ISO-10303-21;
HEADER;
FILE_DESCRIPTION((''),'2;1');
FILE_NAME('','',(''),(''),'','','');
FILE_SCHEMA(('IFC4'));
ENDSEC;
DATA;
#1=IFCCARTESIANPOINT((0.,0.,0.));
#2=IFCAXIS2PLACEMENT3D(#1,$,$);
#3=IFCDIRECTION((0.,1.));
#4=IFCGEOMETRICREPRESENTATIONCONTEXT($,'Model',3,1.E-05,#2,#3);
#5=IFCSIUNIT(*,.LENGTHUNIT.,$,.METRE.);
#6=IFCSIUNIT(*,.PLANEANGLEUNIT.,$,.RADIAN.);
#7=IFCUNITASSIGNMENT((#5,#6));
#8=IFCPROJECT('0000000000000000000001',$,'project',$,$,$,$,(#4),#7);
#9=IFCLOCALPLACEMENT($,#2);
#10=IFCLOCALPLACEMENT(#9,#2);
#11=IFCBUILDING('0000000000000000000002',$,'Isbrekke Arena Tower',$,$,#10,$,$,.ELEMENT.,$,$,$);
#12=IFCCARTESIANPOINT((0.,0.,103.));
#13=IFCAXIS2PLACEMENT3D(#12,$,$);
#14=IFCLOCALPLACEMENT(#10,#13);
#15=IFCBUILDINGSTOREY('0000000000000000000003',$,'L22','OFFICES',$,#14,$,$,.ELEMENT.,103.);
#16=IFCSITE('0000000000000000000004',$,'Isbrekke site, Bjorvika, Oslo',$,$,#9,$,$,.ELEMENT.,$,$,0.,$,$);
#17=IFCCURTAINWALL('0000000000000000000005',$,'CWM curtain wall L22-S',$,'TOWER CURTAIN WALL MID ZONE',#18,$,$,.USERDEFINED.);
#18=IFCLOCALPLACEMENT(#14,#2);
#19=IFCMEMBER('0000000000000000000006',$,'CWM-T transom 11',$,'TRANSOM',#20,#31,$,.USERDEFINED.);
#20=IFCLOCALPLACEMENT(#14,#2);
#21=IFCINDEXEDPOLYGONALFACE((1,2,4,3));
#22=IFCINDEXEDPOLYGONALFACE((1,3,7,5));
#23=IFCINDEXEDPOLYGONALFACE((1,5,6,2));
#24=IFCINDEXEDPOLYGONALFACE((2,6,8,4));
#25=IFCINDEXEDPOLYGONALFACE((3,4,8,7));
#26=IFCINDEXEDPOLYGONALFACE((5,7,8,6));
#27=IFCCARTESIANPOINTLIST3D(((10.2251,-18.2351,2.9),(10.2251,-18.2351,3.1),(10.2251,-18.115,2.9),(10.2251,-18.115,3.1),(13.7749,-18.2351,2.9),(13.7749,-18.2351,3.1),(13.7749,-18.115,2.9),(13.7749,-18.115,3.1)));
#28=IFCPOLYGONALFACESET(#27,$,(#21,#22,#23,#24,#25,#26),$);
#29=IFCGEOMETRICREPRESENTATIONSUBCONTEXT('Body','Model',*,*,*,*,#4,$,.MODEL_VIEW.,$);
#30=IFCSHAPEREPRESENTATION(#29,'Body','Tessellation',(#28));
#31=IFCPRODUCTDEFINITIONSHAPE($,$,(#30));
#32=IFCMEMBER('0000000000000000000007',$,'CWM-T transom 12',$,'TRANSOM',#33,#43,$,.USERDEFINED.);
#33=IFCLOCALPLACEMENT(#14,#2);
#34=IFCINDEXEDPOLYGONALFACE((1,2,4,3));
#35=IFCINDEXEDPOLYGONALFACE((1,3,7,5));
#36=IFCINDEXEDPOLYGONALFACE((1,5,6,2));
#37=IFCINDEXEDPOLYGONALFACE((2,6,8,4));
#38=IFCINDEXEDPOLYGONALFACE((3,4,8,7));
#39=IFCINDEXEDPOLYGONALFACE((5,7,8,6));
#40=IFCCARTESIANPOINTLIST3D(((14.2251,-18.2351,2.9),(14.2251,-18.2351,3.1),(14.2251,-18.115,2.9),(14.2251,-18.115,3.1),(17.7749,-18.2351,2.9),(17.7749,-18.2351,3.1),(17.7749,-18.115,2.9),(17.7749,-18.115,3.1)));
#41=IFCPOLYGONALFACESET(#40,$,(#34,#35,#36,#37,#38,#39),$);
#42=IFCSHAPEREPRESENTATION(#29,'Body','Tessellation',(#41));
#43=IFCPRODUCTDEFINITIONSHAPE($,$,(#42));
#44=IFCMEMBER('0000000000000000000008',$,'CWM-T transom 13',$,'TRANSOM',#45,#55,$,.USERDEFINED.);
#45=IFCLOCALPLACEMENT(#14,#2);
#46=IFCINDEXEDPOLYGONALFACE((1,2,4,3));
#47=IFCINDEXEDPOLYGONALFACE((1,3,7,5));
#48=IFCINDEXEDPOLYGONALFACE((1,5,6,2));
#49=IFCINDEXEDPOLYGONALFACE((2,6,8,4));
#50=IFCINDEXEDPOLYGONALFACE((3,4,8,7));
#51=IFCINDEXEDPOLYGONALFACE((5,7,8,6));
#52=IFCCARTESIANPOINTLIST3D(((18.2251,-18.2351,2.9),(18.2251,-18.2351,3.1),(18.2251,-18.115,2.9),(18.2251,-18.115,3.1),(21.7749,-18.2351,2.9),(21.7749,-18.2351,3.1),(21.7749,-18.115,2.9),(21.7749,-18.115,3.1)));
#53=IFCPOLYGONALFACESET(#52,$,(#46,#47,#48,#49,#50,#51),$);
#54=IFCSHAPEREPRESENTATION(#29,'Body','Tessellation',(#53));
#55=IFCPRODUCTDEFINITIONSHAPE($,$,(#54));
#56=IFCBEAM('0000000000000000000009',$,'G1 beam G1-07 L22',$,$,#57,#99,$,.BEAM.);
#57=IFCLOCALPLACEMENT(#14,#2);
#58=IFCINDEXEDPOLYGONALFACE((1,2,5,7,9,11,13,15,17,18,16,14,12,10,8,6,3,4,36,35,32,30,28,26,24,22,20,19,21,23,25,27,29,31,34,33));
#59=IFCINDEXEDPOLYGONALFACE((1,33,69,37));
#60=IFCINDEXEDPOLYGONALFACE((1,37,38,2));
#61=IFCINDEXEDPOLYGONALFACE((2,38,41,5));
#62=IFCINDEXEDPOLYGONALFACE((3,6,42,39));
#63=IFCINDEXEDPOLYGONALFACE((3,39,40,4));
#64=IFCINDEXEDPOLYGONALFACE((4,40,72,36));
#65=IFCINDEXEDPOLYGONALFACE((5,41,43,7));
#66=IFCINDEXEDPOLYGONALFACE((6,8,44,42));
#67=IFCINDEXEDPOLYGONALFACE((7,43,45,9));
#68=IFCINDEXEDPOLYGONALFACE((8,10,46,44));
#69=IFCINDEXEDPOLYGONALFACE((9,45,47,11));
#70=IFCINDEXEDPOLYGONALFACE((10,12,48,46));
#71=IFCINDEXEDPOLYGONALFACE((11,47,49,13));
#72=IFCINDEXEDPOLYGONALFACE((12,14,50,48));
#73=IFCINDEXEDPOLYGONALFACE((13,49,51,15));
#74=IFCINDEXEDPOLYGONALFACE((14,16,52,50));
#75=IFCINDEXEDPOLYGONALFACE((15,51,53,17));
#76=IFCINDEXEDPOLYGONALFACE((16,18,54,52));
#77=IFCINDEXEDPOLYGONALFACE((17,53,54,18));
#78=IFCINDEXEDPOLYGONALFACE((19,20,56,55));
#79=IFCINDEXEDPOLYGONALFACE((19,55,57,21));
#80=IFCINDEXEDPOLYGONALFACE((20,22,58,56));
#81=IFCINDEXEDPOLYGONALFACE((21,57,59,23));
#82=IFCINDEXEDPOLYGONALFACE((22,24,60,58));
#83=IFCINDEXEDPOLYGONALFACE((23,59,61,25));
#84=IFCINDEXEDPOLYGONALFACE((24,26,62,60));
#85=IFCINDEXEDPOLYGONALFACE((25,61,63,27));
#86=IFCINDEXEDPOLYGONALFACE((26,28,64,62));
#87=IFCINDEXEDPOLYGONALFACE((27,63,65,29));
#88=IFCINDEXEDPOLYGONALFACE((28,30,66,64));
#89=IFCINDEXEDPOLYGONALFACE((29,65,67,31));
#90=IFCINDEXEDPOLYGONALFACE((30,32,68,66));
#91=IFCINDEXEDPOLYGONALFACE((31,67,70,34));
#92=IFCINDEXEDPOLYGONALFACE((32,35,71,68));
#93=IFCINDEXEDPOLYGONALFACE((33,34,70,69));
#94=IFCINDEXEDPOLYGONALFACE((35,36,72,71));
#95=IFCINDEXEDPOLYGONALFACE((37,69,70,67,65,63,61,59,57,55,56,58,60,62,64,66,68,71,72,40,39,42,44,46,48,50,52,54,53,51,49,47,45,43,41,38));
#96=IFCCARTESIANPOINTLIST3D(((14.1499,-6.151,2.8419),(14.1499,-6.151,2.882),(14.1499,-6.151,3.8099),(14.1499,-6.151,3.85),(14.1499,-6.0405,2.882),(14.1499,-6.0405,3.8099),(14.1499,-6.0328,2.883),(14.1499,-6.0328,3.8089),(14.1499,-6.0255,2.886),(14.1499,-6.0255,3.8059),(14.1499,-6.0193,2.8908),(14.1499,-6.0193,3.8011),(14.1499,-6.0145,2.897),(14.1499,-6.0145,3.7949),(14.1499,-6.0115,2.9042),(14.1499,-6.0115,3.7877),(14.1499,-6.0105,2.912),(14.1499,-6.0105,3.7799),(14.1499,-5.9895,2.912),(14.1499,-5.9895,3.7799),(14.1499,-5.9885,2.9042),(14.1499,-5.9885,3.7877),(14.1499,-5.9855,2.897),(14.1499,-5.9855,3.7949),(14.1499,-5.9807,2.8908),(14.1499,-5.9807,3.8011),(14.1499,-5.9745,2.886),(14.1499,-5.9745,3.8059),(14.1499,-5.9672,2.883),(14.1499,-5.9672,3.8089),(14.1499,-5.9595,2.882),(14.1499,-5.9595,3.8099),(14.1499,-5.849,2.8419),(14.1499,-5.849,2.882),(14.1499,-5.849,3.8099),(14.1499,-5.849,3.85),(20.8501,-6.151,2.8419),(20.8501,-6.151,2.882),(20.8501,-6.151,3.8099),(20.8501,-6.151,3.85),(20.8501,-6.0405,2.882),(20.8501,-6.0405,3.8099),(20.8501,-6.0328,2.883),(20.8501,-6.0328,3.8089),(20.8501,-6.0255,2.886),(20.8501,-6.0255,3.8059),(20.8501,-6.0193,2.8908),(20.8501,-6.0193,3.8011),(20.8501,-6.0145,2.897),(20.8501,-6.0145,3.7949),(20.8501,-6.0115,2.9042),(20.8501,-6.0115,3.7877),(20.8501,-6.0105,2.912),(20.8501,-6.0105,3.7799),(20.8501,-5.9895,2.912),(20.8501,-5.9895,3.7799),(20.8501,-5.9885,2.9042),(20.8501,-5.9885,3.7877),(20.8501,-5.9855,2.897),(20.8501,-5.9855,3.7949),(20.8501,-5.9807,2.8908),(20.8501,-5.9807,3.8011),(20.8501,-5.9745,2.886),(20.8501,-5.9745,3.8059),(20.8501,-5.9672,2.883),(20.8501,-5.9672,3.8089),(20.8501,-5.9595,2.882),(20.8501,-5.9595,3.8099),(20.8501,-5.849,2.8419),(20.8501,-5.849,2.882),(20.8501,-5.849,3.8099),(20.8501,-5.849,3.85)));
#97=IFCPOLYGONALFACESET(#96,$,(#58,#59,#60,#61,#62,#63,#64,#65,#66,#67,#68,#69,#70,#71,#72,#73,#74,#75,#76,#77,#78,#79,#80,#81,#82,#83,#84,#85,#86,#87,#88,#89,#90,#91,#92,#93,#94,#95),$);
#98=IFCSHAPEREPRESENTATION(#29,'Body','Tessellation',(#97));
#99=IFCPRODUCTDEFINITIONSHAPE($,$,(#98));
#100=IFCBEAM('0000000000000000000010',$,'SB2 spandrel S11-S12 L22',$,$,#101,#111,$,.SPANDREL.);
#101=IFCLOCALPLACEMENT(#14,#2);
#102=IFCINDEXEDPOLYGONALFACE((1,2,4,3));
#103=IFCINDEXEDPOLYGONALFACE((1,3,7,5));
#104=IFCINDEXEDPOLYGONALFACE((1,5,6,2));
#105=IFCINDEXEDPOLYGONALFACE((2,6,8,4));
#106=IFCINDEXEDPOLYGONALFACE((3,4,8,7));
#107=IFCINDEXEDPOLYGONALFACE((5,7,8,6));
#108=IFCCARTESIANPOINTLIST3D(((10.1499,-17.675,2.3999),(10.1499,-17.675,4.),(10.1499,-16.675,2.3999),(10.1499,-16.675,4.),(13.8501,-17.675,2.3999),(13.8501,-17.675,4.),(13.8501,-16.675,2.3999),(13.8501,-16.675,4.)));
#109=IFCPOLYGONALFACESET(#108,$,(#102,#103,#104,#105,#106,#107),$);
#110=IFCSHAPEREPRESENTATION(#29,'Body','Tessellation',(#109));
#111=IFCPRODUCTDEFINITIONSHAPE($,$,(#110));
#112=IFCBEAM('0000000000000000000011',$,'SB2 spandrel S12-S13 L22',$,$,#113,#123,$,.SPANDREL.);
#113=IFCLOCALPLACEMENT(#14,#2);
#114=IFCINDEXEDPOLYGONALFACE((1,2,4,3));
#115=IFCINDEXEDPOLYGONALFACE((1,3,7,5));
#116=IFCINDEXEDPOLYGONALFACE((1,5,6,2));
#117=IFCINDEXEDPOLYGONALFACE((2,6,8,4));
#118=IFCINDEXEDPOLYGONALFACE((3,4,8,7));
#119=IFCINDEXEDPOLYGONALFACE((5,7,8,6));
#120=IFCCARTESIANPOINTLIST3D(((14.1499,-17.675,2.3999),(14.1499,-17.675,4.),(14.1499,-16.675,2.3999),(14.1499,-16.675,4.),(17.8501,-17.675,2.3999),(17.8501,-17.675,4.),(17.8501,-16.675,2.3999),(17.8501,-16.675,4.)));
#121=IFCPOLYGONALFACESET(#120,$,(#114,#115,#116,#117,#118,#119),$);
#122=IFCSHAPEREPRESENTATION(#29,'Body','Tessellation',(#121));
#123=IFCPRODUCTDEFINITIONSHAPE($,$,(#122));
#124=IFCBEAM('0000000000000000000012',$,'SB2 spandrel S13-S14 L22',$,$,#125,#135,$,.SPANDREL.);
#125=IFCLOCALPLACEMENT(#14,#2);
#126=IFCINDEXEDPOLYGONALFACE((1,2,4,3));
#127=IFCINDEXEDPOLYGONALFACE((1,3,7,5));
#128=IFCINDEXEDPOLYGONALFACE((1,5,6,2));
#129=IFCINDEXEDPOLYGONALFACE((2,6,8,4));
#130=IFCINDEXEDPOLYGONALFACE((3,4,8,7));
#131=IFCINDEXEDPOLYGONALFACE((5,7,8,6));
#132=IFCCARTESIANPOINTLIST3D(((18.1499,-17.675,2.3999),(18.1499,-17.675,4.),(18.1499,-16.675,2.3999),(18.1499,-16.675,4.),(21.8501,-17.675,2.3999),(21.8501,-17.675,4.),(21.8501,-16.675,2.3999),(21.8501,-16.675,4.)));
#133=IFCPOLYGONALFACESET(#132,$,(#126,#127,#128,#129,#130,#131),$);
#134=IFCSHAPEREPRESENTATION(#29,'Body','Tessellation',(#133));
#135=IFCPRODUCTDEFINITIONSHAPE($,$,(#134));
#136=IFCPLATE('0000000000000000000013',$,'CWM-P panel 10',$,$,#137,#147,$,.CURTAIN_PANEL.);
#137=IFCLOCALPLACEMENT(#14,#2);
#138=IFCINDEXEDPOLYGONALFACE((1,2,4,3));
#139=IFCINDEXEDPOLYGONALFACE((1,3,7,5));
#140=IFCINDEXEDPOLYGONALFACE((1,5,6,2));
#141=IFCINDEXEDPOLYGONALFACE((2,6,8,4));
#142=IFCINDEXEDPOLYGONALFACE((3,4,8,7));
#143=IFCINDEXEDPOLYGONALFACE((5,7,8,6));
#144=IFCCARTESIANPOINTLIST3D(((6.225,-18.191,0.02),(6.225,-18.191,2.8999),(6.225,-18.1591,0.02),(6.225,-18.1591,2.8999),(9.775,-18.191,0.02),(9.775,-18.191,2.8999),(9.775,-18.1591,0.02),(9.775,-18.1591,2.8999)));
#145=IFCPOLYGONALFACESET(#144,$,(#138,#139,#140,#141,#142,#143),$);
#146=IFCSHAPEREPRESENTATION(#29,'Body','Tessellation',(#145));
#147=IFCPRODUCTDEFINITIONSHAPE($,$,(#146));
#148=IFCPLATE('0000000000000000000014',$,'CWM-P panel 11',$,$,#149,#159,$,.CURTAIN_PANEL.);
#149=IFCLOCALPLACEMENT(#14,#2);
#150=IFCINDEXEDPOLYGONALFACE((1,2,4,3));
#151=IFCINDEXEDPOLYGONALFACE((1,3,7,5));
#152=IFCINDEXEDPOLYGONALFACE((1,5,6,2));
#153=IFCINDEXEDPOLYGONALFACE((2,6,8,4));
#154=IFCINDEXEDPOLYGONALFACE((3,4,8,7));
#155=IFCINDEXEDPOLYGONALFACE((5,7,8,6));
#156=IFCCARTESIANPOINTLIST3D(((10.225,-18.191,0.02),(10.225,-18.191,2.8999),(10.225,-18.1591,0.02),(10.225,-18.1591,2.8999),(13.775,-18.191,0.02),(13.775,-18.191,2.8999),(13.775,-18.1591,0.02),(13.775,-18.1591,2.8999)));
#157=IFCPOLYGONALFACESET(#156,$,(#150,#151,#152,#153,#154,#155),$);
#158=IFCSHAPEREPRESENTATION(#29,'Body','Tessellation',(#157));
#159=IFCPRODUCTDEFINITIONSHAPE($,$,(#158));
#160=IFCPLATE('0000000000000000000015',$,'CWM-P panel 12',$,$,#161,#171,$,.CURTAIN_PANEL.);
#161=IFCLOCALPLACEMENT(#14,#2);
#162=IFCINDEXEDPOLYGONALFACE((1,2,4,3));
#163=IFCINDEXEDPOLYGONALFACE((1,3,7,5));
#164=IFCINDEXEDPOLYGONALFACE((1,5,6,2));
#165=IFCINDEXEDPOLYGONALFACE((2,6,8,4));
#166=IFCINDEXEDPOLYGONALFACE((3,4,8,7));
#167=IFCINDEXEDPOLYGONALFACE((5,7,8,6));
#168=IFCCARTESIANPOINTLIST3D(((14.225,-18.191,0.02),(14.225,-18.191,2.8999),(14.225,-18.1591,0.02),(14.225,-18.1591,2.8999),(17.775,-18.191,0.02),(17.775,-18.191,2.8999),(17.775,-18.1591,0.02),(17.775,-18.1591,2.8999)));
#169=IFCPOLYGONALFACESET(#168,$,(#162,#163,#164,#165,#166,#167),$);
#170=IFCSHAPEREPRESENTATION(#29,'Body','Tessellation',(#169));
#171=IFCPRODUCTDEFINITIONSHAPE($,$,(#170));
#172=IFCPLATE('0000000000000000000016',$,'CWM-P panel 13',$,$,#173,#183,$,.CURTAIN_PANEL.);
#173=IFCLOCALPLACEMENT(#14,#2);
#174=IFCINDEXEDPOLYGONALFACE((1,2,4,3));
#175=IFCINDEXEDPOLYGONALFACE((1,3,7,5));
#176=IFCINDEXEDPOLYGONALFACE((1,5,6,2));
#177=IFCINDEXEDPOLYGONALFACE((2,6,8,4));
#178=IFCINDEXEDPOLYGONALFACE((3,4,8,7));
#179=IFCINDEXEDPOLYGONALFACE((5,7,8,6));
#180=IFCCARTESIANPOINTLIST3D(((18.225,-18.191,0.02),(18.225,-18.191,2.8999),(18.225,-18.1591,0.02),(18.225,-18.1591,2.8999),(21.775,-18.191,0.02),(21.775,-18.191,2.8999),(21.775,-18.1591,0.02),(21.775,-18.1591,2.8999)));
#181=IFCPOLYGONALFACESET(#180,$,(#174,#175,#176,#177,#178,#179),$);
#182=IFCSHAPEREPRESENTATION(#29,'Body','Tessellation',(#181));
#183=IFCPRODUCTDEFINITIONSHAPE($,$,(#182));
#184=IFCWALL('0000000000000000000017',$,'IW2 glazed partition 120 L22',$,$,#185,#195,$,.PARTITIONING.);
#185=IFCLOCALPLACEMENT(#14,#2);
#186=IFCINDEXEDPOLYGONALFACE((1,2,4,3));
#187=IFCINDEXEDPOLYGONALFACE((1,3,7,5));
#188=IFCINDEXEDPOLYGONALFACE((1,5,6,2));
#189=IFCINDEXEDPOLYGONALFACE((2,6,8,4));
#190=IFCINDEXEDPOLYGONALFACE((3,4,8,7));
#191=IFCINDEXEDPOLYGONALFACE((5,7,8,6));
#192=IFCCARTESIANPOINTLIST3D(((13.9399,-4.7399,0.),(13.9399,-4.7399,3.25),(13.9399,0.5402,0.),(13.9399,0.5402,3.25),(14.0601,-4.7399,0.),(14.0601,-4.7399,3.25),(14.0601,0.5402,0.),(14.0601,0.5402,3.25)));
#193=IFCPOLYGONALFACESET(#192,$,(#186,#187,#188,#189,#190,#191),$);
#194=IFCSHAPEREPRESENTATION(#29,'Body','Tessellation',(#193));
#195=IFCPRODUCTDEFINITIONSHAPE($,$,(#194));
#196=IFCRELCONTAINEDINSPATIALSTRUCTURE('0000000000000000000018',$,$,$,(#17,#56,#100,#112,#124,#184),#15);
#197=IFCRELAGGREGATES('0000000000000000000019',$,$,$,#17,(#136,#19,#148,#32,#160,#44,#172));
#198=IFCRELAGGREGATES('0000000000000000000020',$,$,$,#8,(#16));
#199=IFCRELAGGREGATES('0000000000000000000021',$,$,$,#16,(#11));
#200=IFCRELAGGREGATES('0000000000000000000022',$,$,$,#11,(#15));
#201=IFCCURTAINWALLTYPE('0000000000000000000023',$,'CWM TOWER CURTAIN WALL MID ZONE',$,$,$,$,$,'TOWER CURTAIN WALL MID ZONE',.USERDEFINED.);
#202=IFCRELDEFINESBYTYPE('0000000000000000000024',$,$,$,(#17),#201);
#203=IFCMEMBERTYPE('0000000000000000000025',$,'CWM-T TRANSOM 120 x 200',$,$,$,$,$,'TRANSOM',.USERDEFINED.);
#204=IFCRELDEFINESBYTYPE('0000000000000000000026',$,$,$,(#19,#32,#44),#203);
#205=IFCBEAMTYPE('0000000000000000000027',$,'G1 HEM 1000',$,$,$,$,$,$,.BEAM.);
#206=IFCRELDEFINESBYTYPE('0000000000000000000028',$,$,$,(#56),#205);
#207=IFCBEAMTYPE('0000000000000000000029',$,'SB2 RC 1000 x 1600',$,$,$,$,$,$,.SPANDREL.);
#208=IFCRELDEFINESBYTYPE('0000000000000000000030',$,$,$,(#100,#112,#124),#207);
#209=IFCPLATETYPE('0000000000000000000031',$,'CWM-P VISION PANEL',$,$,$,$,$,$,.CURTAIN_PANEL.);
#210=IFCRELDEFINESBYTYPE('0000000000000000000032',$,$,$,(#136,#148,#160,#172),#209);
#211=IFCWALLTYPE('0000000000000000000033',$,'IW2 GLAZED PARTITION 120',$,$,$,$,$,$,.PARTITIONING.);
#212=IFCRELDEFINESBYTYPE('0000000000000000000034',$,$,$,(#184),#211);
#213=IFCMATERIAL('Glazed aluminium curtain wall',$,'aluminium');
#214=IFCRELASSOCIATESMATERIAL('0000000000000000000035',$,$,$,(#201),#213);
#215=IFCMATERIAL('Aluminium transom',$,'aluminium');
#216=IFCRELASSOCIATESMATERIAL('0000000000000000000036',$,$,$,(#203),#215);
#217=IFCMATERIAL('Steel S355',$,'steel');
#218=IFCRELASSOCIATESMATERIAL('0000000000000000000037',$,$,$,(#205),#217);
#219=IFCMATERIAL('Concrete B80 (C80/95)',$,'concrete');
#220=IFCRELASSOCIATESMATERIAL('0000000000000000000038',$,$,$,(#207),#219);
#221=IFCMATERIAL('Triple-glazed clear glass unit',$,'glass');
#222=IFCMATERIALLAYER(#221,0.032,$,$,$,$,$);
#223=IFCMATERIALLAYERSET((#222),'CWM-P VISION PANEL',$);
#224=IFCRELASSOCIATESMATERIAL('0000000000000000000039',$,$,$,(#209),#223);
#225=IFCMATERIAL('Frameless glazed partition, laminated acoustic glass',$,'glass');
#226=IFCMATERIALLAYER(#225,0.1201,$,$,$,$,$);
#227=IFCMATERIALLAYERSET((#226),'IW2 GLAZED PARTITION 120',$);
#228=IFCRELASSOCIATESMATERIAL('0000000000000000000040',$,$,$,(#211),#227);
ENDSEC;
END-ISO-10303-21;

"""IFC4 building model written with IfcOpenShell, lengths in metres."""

from ifc_helpers import new_model, si_unit, direction, frame, frame_2d, origin, origin_2d, place, context, subcontext, project, spatial, rectangle, i_section, extrude, material, layer, layer_set, material_profile, profile_set, type_object, element, aggregate, save


model = new_model("IFC4")

# Units and contexts
model_context = context("Model", 3, precision=1e-05, world=origin(), true_north=direction((0.0, 1.0)))
body_context = subcontext(model_context, "Body", "Model", "MODEL_VIEW")
ifc_project = project(units=[si_unit("LENGTHUNIT", "METRE"), si_unit("PLANEANGLEUNIT", "RADIAN")], contexts=[model_context])

# Site, building, storey
site_placement = place(None, origin())
site = spatial("IfcSite", under=ifc_project, at=site_placement, Name="Isbrekke site, Bjorvika, Oslo", CompositionType="ELEMENT", RefElevation=0.0)
building_placement = place(site_placement, origin())
building = spatial("IfcBuilding", under=site, at=building_placement, Name="Isbrekke Arena Tower", CompositionType="ELEMENT")
storey_placement = place(building_placement, frame((0.0, 0.0, 103.0)))
storey = spatial("IfcBuildingStorey", under=building, at=storey_placement, Name="L22", Description="OFFICES", CompositionType="ELEMENT", Elevation=103.0)

# Curtain wall, members
ifc_material_1 = material(Name="Glazed aluminium curtain wall", Category="aluminium")
curtain_wall_type = type_object("IfcCurtainWallType", Name="CWM TOWER CURTAIN WALL MID ZONE", ElementType="TOWER CURTAIN WALL MID ZONE", PredefinedType="USERDEFINED", material=ifc_material_1)
curtain_wall_placement = place(storey_placement, origin())
curtain_wall = element("IfcCurtainWall", 1, at=curtain_wall_placement, inside=storey, type_object=curtain_wall_type, Name="CWM curtain wall L22-S", ObjectType="TOWER CURTAIN WALL MID ZONE", PredefinedType="USERDEFINED")
ifc_material_2 = material(Name="Aluminium transom", Category="aluminium")
ifc_material_profile_1 = material_profile(ifc_material_2, rectangle(XDim=0.1201, YDim=0.2, at=origin_2d()), Name="TRANSOM 120X200")
ifc_profile_set_1 = profile_set([ifc_material_profile_1], Name="Aluminium transom")
member_type_1 = type_object("IfcMemberType", Name="CWM-T TRANSOM 120 x 200", ElementType="TRANSOM", PredefinedType="USERDEFINED", material=ifc_profile_set_1)
member_1_placement = place(storey_placement, frame((10.2251, -18.175, 3.0), z_axis=(1.0, 0.0, 0.0), x_axis=(0.0, 1.0, 0.0)))
member_1 = element("IfcMember", 2, at=member_1_placement, type_object=member_type_1, Name="CWM-T transom 11", ObjectType="TRANSOM", PredefinedType="USERDEFINED", context=body_context, shape_type="SweptSolid", body=[
    extrude(rectangle(XDim=0.1201, YDim=0.2, at=origin_2d()), origin(), (0.0, 0.0, 1.0), 3.5498),
])
member_2_placement = place(storey_placement, frame((14.2251, -18.175, 3.0), z_axis=(1.0, 0.0, 0.0), x_axis=(0.0, 1.0, 0.0)))
member_2 = element("IfcMember", 3, at=member_2_placement, type_object=member_type_1, Name="CWM-T transom 12", ObjectType="TRANSOM", PredefinedType="USERDEFINED", context=body_context, shape_type="SweptSolid", body=[
    extrude(rectangle(XDim=0.1201, YDim=0.2, at=origin_2d()), origin(), (0.0, 0.0, 1.0), 3.5498),
])
member_3_placement = place(storey_placement, frame((18.2251, -18.175, 3.0), z_axis=(1.0, 0.0, 0.0), x_axis=(0.0, 1.0, 0.0)))
member_3 = element("IfcMember", 4, at=member_3_placement, type_object=member_type_1, Name="CWM-T transom 13", ObjectType="TRANSOM", PredefinedType="USERDEFINED", context=body_context, shape_type="SweptSolid", body=[
    extrude(rectangle(XDim=0.1201, YDim=0.2, at=origin_2d()), origin(), (0.0, 0.0, 1.0), 3.5498),
])

# Beams
ifc_material_3 = material(Name="Steel S355", Category="steel")
ifc_material_profile_2 = material_profile(ifc_material_3, i_section(OverallWidth=0.302, OverallDepth=1.0081, WebThickness=0.021, FlangeThickness=0.04, FilletRadius=0.03, at=origin_2d()), Name="HEM 1000")
ifc_profile_set_2 = profile_set([ifc_material_profile_2], Name="Steel S355")
beam_type_1 = type_object("IfcBeamType", Name="G1 HEM 1000", PredefinedType="BEAM", material=ifc_profile_set_2)
beam_1_placement = place(storey_placement, frame((14.1499, -6.0, 3.3459), z_axis=(1.0, 0.0, 0.0), x_axis=(0.0, 1.0, 0.0)))
element("IfcBeam", 5, at=beam_1_placement, inside=storey, type_object=beam_type_1, Name="G1 beam G1-07 L22", PredefinedType="BEAM", context=body_context, shape_type="SweptSolid", body=[
    extrude(i_section(OverallWidth=0.302, OverallDepth=1.0081, WebThickness=0.021, FlangeThickness=0.04, FilletRadius=0.03, at=origin_2d()), origin(), (0.0, 0.0, 1.0), 6.7002),
])
ifc_material_4 = material(Name="Concrete B80 (C80/95)", Category="concrete")
ifc_material_profile_3 = material_profile(ifc_material_4, rectangle(XDim=1.0, YDim=1.6001, at=origin_2d()), Name="RC 1000x1600")
ifc_profile_set_3 = profile_set([ifc_material_profile_3], Name="Concrete B80 (C80/95)")
beam_type_2 = type_object("IfcBeamType", Name="SB2 RC 1000 x 1600", PredefinedType="SPANDREL", material=ifc_profile_set_3)
for number, where, z_axis, x_axis, name in (
    (6, (10.1499, -17.175, 3.2), (1.0, 0.0, 0.0), (0.0, 1.0, 0.0), "SB2 spandrel S11-S12 L22"),
    (7, (14.1499, -17.175, 3.2), (1.0, 0.0, 0.0), (0.0, 1.0, 0.0), "SB2 spandrel S12-S13 L22"),
    (8, (18.1499, -17.175, 3.2), (1.0, 0.0, 0.0), (0.0, 1.0, 0.0), "SB2 spandrel S13-S14 L22"),
):
    element("IfcBeam", number, at=place(storey_placement, frame(where, z_axis=z_axis, x_axis=x_axis)), inside=storey, type_object=beam_type_2, Name=name, PredefinedType="SPANDREL", context=body_context, shape_type="SweptSolid", body=[
        extrude(rectangle(XDim=1.0, YDim=1.6001, at=origin_2d()), origin(), (0.0, 0.0, 1.0), 3.7002),
    ])

# Plates
ifc_material_5 = material(Name="Triple-glazed clear glass unit", Category="glass")
ifc_layer_1 = layer(ifc_material_5, 0.032)
ifc_layer_set_1 = layer_set([ifc_layer_1], Name="CWM-P VISION PANEL")
plate_type = type_object("IfcPlateType", Name="CWM-P VISION PANEL", PredefinedType="CURTAIN_PANEL", material=ifc_layer_set_1)
plate_1_placement = place(storey_placement, frame((8.0, -18.175, 0.02), z_axis=(0.0, 0.0, 1.0), x_axis=(1.0, 0.0, 0.0)))
plate_1 = element("IfcPlate", 9, at=plate_1_placement, type_object=plate_type, Name="CWM-P panel 10", PredefinedType="CURTAIN_PANEL", context=body_context, shape_type="SweptSolid", body=[
    extrude(rectangle(XDim=3.55, YDim=0.032, at=origin_2d()), origin(), (0.0, 0.0, 1.0), 2.8799),
])
plate_2_placement = place(storey_placement, frame((12.0, -18.175, 0.02), z_axis=(0.0, 0.0, 1.0), x_axis=(1.0, 0.0, 0.0)))
plate_2 = element("IfcPlate", 10, at=plate_2_placement, type_object=plate_type, Name="CWM-P panel 11", PredefinedType="CURTAIN_PANEL", context=body_context, shape_type="SweptSolid", body=[
    extrude(rectangle(XDim=3.55, YDim=0.032, at=origin_2d()), origin(), (0.0, 0.0, 1.0), 2.8799),
])
plate_3_placement = place(storey_placement, frame((16.0, -18.175, 0.02), z_axis=(0.0, 0.0, 1.0), x_axis=(1.0, 0.0, 0.0)))
plate_3 = element("IfcPlate", 11, at=plate_3_placement, type_object=plate_type, Name="CWM-P panel 12", PredefinedType="CURTAIN_PANEL", context=body_context, shape_type="SweptSolid", body=[
    extrude(rectangle(XDim=3.55, YDim=0.032, at=origin_2d()), origin(), (0.0, 0.0, 1.0), 2.8799),
])
plate_4_placement = place(storey_placement, frame((20.0, -18.175, 0.02), z_axis=(0.0, 0.0, 1.0), x_axis=(1.0, 0.0, 0.0)))
plate_4 = element("IfcPlate", 12, at=plate_4_placement, type_object=plate_type, Name="CWM-P panel 13", PredefinedType="CURTAIN_PANEL", context=body_context, shape_type="SweptSolid", body=[
    extrude(rectangle(XDim=3.55, YDim=0.032, at=origin_2d()), origin(), (0.0, 0.0, 1.0), 2.8799),
])
aggregate(curtain_wall, [plate_1, member_1, plate_2, member_2, plate_3, member_3, plate_4])

# Wall
ifc_material_6 = material(Name="Frameless glazed partition, laminated acoustic glass", Category="glass")
ifc_layer_2 = layer(ifc_material_6, 0.1201)
ifc_layer_set_2 = layer_set([ifc_layer_2], Name="IW2 GLAZED PARTITION 120")
wall_type_1 = type_object("IfcWallType", Name="IW2 GLAZED PARTITION 120", PredefinedType="PARTITIONING", material=ifc_layer_set_2)
wall_1_placement = place(storey_placement, frame((14.0, -4.74, 0.0), z_axis=(0.0, 0.0, 1.0), x_axis=(0.0, 1.0, 0.0)))
element("IfcWall", 13, at=wall_1_placement, inside=storey, type_object=wall_type_1, Name="IW2 glazed partition 120 L22", PredefinedType="PARTITIONING", context=body_context, shape_type="SweptSolid", body=[
    extrude(rectangle(XDim=5.28, YDim=0.1201, at=frame_2d((2.6401, 0.0))), origin(), (0.0, 0.0, 1.0), 3.25),
])

save(model, "model.ifc")
